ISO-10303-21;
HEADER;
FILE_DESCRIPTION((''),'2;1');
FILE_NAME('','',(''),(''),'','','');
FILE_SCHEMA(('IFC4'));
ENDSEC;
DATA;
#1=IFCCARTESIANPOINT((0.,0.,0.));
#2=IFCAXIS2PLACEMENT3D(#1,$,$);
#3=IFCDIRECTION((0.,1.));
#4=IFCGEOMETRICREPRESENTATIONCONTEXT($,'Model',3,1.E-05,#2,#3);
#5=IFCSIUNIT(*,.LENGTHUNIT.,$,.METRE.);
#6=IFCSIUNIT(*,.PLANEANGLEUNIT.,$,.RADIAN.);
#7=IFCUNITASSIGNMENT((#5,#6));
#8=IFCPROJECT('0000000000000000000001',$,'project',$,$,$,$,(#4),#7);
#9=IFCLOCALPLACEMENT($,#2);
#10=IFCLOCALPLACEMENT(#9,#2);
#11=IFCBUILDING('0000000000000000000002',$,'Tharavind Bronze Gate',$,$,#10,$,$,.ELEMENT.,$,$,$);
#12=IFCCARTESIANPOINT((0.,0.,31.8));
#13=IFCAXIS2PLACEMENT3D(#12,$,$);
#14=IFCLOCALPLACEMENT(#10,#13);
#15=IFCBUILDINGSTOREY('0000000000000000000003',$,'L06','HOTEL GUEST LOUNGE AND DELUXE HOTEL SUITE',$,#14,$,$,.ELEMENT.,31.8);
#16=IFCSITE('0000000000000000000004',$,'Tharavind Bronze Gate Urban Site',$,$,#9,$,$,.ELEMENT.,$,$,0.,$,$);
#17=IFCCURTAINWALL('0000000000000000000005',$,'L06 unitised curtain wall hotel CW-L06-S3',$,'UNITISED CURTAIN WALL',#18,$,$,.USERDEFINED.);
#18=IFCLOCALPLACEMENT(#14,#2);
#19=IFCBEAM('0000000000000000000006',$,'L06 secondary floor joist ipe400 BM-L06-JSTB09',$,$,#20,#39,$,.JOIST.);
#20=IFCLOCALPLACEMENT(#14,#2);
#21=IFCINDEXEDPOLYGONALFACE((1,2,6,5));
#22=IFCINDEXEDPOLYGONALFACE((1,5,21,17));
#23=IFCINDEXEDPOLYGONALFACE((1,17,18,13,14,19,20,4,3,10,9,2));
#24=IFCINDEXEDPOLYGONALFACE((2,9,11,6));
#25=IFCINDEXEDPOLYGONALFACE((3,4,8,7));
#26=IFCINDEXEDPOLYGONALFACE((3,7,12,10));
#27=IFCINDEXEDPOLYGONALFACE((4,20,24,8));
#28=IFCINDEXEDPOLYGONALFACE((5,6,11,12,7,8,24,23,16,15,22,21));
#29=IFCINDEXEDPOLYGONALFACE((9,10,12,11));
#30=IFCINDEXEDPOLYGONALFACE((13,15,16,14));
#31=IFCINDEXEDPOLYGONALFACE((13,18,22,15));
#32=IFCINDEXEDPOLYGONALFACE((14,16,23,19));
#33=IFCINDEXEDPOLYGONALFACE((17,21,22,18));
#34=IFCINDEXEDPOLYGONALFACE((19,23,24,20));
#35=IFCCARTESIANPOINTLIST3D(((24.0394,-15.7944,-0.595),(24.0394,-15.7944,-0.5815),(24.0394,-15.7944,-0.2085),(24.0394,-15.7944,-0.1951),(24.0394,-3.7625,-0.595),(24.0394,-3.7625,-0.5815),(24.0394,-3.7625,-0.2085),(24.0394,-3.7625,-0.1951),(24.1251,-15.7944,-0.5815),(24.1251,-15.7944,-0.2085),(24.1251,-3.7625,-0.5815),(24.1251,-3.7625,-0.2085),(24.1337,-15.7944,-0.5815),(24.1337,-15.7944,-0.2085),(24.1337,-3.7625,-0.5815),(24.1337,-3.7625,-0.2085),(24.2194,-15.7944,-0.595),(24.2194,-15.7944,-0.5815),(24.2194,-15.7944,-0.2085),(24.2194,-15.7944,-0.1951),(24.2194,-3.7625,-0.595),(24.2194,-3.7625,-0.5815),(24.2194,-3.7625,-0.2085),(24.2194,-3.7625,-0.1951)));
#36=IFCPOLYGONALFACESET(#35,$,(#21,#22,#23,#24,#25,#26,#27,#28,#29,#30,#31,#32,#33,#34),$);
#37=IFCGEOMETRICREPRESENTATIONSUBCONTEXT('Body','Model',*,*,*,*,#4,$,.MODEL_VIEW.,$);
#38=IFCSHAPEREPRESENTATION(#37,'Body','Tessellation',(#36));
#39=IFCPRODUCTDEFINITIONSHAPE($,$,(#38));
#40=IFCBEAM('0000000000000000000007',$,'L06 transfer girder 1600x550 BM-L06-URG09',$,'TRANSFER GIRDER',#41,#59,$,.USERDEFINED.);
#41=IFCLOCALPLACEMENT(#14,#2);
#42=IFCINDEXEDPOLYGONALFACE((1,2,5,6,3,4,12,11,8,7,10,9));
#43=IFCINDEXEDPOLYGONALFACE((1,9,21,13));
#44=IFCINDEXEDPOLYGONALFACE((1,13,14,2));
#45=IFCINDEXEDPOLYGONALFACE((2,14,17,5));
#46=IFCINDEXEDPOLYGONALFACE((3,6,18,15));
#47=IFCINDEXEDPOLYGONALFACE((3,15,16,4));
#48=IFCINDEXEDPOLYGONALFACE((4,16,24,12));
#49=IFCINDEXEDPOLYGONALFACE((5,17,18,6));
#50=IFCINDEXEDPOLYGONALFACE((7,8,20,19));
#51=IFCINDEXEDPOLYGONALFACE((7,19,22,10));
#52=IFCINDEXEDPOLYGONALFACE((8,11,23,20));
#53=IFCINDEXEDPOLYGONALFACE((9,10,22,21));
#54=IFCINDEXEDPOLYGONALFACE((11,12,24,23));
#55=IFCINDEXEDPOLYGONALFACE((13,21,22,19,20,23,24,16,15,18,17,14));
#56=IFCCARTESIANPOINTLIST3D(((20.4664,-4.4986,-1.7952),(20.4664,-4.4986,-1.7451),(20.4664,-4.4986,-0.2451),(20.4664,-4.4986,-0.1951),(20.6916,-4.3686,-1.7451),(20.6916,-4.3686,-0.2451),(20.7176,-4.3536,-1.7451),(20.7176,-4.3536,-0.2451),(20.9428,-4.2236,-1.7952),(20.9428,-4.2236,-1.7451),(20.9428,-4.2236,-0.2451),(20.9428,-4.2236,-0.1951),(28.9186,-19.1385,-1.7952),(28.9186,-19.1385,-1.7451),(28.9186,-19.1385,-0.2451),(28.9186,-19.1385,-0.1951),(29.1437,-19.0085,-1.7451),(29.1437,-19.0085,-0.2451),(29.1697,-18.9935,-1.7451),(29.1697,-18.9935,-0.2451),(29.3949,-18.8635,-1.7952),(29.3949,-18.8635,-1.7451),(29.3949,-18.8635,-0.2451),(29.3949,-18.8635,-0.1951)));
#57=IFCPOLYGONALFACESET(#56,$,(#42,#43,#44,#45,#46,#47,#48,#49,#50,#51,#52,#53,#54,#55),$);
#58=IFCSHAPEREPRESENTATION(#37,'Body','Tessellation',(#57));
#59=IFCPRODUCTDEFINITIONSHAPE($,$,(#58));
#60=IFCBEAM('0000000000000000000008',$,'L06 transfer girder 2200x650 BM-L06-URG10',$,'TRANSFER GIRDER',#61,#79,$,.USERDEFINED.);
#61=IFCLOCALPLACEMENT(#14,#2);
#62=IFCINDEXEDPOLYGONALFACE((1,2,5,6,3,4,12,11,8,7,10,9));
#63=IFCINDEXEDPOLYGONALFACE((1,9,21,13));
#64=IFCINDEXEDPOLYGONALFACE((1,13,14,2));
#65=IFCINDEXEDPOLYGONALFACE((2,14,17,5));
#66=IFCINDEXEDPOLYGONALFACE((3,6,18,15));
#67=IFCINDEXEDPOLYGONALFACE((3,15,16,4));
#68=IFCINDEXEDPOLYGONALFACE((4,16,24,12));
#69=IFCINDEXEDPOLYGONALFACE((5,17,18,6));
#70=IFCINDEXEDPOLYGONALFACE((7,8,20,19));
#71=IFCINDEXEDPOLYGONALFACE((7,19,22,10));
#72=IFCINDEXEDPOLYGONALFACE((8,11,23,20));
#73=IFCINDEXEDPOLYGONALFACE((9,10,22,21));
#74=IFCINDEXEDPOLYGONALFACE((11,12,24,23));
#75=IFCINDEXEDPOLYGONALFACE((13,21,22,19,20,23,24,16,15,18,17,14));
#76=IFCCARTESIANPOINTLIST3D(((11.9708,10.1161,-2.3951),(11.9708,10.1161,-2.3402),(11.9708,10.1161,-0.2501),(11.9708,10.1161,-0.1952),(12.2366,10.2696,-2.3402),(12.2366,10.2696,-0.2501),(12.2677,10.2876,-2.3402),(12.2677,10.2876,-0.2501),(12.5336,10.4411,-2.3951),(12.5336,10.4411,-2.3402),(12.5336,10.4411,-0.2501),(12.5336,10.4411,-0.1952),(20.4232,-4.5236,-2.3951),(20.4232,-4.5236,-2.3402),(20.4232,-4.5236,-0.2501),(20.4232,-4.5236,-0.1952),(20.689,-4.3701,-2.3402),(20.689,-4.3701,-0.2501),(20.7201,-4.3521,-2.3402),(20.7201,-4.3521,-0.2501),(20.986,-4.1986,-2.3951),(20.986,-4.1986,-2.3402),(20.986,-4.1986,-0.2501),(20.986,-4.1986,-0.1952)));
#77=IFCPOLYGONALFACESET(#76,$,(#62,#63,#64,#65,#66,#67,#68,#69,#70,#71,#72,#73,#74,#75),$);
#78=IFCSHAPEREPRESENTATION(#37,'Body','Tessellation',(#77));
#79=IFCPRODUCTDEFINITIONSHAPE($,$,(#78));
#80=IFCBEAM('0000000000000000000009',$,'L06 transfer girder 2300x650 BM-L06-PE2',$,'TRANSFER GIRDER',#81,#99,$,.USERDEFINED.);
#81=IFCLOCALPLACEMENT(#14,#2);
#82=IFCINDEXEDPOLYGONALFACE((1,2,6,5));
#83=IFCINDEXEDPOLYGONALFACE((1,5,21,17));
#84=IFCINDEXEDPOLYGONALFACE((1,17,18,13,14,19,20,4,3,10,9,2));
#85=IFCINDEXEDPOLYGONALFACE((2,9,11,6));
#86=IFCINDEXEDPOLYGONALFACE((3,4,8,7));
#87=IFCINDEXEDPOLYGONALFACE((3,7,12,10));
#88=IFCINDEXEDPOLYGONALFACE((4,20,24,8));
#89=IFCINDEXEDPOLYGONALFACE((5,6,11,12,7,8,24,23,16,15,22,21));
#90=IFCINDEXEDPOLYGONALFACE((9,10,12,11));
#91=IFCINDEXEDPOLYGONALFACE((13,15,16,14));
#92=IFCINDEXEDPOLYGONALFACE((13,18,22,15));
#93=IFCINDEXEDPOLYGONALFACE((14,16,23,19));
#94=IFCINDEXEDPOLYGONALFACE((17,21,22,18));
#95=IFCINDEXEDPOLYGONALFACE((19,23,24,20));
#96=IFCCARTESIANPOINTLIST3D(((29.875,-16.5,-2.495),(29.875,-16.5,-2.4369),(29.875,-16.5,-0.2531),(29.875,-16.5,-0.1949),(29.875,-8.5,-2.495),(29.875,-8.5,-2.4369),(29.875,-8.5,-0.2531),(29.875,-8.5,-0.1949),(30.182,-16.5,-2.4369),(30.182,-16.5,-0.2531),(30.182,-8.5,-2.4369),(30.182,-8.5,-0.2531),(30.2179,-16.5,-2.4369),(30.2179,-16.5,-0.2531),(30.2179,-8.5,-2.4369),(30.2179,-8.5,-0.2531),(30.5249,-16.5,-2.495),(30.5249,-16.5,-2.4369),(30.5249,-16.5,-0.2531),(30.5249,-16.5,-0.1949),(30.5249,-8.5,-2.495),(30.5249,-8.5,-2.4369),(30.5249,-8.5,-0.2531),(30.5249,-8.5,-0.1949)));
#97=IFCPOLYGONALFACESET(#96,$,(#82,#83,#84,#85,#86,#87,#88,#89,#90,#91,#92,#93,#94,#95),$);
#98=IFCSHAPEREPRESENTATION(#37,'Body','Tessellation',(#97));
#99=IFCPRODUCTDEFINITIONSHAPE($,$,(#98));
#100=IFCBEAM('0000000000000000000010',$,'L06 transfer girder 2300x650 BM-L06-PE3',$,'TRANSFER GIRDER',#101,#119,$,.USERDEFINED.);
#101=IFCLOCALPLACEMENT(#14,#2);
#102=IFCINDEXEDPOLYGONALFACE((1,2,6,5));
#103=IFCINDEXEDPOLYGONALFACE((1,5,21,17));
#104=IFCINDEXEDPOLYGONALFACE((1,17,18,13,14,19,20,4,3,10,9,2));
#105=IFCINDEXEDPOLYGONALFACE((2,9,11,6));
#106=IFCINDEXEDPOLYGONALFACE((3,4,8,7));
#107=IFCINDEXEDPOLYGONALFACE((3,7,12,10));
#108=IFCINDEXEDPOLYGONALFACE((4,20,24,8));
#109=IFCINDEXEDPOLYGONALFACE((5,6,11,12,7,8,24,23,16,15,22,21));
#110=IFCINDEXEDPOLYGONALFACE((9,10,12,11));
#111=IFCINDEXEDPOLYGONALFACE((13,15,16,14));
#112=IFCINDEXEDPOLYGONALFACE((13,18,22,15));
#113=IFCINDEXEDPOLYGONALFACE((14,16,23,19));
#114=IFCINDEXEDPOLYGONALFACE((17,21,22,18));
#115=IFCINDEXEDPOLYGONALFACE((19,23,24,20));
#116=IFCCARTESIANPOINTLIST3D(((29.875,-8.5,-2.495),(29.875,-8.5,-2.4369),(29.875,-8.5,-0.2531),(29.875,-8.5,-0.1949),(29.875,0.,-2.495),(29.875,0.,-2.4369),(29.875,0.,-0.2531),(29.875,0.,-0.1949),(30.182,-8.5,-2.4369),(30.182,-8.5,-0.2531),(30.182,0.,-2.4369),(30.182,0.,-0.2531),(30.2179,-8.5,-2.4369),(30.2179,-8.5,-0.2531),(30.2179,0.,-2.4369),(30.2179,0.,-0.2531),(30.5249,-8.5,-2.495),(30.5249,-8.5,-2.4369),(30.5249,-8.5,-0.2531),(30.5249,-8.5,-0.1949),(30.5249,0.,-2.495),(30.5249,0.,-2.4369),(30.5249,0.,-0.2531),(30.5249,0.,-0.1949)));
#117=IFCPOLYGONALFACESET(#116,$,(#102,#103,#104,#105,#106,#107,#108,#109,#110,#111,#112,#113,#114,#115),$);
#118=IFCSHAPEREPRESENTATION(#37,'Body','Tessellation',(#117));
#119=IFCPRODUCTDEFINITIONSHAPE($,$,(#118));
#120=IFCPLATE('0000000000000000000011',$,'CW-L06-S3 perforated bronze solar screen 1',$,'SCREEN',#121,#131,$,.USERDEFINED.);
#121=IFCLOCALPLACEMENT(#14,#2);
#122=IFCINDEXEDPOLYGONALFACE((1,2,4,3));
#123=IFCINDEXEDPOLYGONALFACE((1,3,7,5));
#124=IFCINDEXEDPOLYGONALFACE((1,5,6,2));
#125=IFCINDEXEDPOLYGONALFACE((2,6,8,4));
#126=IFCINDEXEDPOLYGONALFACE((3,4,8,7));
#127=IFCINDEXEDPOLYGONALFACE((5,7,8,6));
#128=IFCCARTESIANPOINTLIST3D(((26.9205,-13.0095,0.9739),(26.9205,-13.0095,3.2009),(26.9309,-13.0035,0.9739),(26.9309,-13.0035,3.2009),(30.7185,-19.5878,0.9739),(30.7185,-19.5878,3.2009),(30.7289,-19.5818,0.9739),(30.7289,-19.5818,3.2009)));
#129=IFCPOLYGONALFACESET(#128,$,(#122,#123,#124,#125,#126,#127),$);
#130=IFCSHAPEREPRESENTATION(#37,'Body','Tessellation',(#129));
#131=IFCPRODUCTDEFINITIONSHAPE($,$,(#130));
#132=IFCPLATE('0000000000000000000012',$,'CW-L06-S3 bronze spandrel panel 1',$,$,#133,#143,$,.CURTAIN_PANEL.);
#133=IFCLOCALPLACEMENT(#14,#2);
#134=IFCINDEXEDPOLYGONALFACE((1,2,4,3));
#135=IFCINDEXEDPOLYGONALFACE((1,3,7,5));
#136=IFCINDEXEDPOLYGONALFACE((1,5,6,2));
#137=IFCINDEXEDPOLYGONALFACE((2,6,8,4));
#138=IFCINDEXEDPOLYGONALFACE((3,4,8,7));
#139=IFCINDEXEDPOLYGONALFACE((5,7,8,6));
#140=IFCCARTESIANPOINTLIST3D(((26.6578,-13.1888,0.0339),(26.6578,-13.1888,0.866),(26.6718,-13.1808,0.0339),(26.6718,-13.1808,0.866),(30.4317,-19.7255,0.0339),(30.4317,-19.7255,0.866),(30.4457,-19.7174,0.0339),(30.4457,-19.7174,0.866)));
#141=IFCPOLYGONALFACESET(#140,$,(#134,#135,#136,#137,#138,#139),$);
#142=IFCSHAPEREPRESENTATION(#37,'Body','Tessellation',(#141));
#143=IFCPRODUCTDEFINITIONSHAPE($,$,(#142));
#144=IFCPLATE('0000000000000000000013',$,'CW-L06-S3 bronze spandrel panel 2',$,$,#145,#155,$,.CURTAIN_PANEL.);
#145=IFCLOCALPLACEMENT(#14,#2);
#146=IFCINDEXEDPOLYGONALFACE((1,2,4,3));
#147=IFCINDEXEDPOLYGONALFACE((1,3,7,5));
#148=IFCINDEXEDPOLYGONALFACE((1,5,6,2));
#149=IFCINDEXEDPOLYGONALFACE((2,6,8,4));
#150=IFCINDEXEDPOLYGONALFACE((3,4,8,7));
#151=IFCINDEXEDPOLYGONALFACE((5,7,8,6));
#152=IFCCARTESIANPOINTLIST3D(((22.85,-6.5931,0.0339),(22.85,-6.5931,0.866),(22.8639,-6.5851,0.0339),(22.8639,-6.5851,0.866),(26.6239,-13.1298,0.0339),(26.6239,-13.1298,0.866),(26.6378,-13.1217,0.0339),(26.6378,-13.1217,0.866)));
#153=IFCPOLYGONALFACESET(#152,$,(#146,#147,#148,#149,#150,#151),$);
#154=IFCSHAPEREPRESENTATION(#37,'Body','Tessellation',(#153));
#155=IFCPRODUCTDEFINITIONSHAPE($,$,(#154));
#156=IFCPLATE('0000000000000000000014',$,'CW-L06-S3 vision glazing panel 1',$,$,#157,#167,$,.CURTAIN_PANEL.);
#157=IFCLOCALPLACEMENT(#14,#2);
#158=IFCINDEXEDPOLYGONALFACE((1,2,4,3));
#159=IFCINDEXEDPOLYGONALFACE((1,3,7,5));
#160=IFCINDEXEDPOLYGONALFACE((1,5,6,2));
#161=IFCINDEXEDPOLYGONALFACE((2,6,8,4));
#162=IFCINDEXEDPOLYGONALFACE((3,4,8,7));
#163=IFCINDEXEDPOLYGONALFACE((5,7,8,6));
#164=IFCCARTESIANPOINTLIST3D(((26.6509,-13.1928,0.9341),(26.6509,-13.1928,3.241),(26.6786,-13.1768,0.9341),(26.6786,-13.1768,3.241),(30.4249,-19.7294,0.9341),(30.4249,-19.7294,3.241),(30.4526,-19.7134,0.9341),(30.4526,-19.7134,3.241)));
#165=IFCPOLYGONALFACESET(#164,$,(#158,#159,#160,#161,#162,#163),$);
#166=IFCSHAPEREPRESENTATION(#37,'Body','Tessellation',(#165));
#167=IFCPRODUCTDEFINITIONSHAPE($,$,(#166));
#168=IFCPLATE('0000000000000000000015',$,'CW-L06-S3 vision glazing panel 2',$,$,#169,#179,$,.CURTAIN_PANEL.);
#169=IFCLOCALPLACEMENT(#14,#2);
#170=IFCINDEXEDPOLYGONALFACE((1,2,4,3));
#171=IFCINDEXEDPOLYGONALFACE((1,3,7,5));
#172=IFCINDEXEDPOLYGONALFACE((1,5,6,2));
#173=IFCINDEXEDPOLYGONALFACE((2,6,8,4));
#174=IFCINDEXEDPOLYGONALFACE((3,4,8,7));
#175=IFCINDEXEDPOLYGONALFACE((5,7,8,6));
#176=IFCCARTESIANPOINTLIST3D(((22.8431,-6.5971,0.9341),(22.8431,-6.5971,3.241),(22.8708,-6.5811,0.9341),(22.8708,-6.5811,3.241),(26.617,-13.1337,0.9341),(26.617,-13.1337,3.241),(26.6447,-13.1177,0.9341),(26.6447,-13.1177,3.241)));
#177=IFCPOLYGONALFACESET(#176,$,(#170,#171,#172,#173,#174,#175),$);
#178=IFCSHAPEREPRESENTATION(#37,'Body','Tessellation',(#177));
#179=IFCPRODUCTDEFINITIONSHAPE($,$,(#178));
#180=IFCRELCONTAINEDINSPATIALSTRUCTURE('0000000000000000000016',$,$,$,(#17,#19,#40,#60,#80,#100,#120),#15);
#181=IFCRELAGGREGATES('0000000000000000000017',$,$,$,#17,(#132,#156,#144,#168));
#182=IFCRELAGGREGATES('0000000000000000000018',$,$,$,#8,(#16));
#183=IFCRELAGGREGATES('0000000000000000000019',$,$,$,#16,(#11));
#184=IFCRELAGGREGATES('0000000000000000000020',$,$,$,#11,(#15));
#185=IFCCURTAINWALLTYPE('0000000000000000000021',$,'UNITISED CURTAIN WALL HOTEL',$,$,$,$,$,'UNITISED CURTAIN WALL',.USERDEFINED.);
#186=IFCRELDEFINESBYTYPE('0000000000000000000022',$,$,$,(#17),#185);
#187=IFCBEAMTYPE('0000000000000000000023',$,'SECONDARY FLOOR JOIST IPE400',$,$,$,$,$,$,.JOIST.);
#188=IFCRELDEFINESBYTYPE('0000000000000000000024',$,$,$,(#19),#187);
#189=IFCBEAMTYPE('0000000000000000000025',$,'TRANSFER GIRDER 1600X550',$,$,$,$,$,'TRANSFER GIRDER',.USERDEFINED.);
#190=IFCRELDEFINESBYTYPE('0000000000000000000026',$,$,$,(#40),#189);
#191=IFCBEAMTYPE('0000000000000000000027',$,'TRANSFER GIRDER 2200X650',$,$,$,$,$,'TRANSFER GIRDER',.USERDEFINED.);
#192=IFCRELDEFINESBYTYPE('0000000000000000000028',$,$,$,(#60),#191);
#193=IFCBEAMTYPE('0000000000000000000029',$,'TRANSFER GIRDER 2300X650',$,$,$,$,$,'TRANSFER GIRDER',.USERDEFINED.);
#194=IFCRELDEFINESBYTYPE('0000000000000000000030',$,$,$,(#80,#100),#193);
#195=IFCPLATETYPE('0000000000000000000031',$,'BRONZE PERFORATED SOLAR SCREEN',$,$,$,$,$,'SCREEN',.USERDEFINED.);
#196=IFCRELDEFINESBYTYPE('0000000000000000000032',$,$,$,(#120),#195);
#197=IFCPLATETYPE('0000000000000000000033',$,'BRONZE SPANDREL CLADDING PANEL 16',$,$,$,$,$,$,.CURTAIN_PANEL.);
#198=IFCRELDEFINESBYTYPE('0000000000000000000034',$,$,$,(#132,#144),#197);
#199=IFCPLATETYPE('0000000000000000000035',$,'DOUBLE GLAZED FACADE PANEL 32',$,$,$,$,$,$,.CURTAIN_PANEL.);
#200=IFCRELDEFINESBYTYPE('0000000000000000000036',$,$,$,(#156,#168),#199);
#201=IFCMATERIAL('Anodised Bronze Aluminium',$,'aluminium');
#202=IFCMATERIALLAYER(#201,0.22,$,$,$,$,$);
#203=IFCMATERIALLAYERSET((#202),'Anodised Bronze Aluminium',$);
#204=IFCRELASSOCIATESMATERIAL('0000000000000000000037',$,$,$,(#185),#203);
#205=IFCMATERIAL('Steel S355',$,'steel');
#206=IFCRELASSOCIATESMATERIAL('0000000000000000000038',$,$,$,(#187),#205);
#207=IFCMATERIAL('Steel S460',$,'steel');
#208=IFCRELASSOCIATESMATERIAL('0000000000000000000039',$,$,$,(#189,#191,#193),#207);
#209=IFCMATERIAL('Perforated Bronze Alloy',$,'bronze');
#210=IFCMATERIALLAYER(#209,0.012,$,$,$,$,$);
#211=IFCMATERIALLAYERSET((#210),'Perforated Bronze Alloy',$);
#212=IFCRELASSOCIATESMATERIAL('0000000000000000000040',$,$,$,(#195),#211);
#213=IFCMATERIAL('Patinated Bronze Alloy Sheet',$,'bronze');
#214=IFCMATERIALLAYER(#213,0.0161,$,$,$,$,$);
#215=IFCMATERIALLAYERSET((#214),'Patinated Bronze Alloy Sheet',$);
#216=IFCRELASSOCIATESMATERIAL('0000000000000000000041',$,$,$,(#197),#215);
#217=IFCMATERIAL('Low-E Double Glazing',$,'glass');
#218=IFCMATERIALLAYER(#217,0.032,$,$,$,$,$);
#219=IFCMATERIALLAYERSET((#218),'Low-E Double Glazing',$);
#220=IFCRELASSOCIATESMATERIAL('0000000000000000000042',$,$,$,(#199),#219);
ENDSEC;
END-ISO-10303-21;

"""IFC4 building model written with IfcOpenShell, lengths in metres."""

from ifc_helpers import new_model, si_unit, direction, frame, origin, origin_2d, place, context, subcontext, project, spatial, rectangle, i_section, extrude, material, layer, layer_set, material_profile, profile_set, type_object, element, aggregate, save


model = new_model("IFC4")

# Units and contexts
model_context = context("Model", 3, precision=1e-05, world=origin(), true_north=direction((0.0, 1.0)))
body_context = subcontext(model_context, "Body", "Model", "MODEL_VIEW")
ifc_project = project(units=[si_unit("LENGTHUNIT", "METRE"), si_unit("PLANEANGLEUNIT", "RADIAN")], contexts=[model_context])

# Site, building, storey
site_placement = place(None, origin())
site = spatial("IfcSite", under=ifc_project, at=site_placement, Name="Tharavind Bronze Gate Urban Site", CompositionType="ELEMENT", RefElevation=0.0)
building_placement = place(site_placement, origin())
building = spatial("IfcBuilding", under=site, at=building_placement, Name="Tharavind Bronze Gate", CompositionType="ELEMENT")
storey_placement = place(building_placement, frame((0.0, 0.0, 31.8)))
storey = spatial("IfcBuildingStorey", under=building, at=storey_placement, Name="L06", Description="HOTEL GUEST LOUNGE AND DELUXE HOTEL SUITE", CompositionType="ELEMENT", Elevation=31.8)

# Shared definitions
ifc_material_1 = material(Name="Steel S460", Category="steel")

# Curtain wall
ifc_material_2 = material(Name="Anodised Bronze Aluminium", Category="aluminium")
ifc_layer_1 = layer(ifc_material_2, 0.22)
ifc_layer_set_1 = layer_set([ifc_layer_1], Name="Anodised Bronze Aluminium")
curtain_wall_type = type_object("IfcCurtainWallType", Name="UNITISED CURTAIN WALL HOTEL", ElementType="UNITISED CURTAIN WALL", PredefinedType="USERDEFINED", material=ifc_layer_set_1)
curtain_wall_placement = place(storey_placement, origin())
curtain_wall = element("IfcCurtainWall", 1, at=curtain_wall_placement, inside=storey, type_object=curtain_wall_type, Name="L06 unitised curtain wall hotel CW-L06-S3", ObjectType="UNITISED CURTAIN WALL", PredefinedType="USERDEFINED")

# Beams
ifc_material_3 = material(Name="Steel S355", Category="steel")
ifc_material_profile_1 = material_profile(ifc_material_3, i_section(OverallWidth=0.1799, OverallDepth=0.3999, WebThickness=0.0085, FlangeThickness=0.0134, at=origin_2d()), Name="IPE400")
ifc_profile_set_1 = profile_set([ifc_material_profile_1], Name="Steel S355")
beam_type_1 = type_object("IfcBeamType", Name="SECONDARY FLOOR JOIST IPE400", PredefinedType="JOIST", material=ifc_profile_set_1)
beam_1_placement = place(storey_placement, frame((24.1294, -15.7944, -0.395), z_axis=(0.0, 1.0, 0.0), x_axis=(-1.0, 0.0, 0.0)))
element("IfcBeam", 2, at=beam_1_placement, inside=storey, type_object=beam_type_1, Name="L06 secondary floor joist ipe400 BM-L06-JSTB09", PredefinedType="JOIST", context=body_context, shape_type="SweptSolid", body=[
    extrude(i_section(OverallWidth=0.1799, OverallDepth=0.3999, WebThickness=0.0085, FlangeThickness=0.0134, at=origin_2d()), origin(), (0.0, 0.0, 1.0), 12.032),
])
ifc_material_profile_2 = material_profile(ifc_material_1, i_section(OverallWidth=0.55, OverallDepth=1.6001, WebThickness=0.03, FlangeThickness=0.05, at=origin_2d()), Name="PG1600X550")
ifc_profile_set_2 = profile_set([ifc_material_profile_2], Name="Steel S460")
beam_type_2 = type_object("IfcBeamType", Name="TRANSFER GIRDER 1600X550", ElementType="TRANSFER GIRDER", PredefinedType="USERDEFINED", material=ifc_profile_set_2)
beam_2_placement = place(storey_placement, frame((29.1567, -19.001, -0.9951), z_axis=(-0.499991, 0.86603, 0.0), x_axis=(-0.86603, -0.499991, 0.0)))
element("IfcBeam", 3, at=beam_2_placement, inside=storey, type_object=beam_type_2, Name="L06 transfer girder 1600x550 BM-L06-URG09", ObjectType="TRANSFER GIRDER", PredefinedType="USERDEFINED", context=body_context, shape_type="SweptSolid", body=[
    extrude(i_section(OverallWidth=0.55, OverallDepth=1.6001, WebThickness=0.03, FlangeThickness=0.05, at=origin_2d()), origin(), (0.0, 0.0, 1.0), 16.9045),
])
ifc_material_profile_3 = material_profile(ifc_material_1, i_section(OverallWidth=0.6499, OverallDepth=2.2, WebThickness=0.0359, FlangeThickness=0.0549, at=origin_2d()), Name="PG2200X650")
ifc_profile_set_3 = profile_set([ifc_material_profile_3], Name="Steel S460")
beam_type_3 = type_object("IfcBeamType", Name="TRANSFER GIRDER 2200X650", ElementType="TRANSFER GIRDER", PredefinedType="USERDEFINED", material=ifc_profile_set_3)
beam_3_placement = place(storey_placement, frame((20.7046, -4.3611, -1.2952), z_axis=(-0.500008, 0.866021, 0.0), x_axis=(-0.866021, -0.500008, 0.0)))
element("IfcBeam", 4, at=beam_3_placement, inside=storey, type_object=beam_type_3, Name="L06 transfer girder 2200x650 BM-L06-URG10", ObjectType="TRANSFER GIRDER", PredefinedType="USERDEFINED", context=body_context, shape_type="SweptSolid", body=[
    extrude(i_section(OverallWidth=0.6499, OverallDepth=2.2, WebThickness=0.0359, FlangeThickness=0.0549, at=origin_2d()), origin(), (0.0, 0.0, 1.0), 16.9045),
])
ifc_material_profile_4 = material_profile(ifc_material_1, i_section(OverallWidth=0.6499, OverallDepth=2.3, WebThickness=0.0359, FlangeThickness=0.0581, at=origin_2d()), Name="PG2300X650")
ifc_profile_set_4 = profile_set([ifc_material_profile_4], Name="Steel S460")
beam_type_4 = type_object("IfcBeamType", Name="TRANSFER GIRDER 2300X650", ElementType="TRANSFER GIRDER", PredefinedType="USERDEFINED", material=ifc_profile_set_4)
beam_4_placement = place(storey_placement, frame((30.2, -16.5, -1.345), z_axis=(0.0, 1.0, 0.0), x_axis=(-1.0, 0.0, 0.0)))
element("IfcBeam", 5, at=beam_4_placement, inside=storey, type_object=beam_type_4, Name="L06 transfer girder 2300x650 BM-L06-PE2", ObjectType="TRANSFER GIRDER", PredefinedType="USERDEFINED", context=body_context, shape_type="SweptSolid", body=[
    extrude(i_section(OverallWidth=0.6499, OverallDepth=2.3, WebThickness=0.0359, FlangeThickness=0.0581, at=origin_2d()), origin(), (0.0, 0.0, 1.0), 8.0),
])
beam_5_placement = place(storey_placement, frame((30.2, -8.5, -1.345), z_axis=(0.0, 1.0, 0.0), x_axis=(-1.0, 0.0, 0.0)))
element("IfcBeam", 6, at=beam_5_placement, inside=storey, type_object=beam_type_4, Name="L06 transfer girder 2300x650 BM-L06-PE3", ObjectType="TRANSFER GIRDER", PredefinedType="USERDEFINED", context=body_context, shape_type="SweptSolid", body=[
    extrude(i_section(OverallWidth=0.6499, OverallDepth=2.3, WebThickness=0.0359, FlangeThickness=0.0581, at=origin_2d()), origin(), (0.0, 0.0, 1.0), 8.5),
])

# Plates
ifc_material_4 = material(Name="Perforated Bronze Alloy", Category="bronze")
ifc_layer_2 = layer(ifc_material_4, 0.012)
ifc_layer_set_2 = layer_set([ifc_layer_2], Name="Perforated Bronze Alloy")
plate_type_1 = type_object("IfcPlateType", Name="BRONZE PERFORATED SOLAR SCREEN", ElementType="SCREEN", PredefinedType="USERDEFINED", material=ifc_layer_set_2)
plate_1_placement = place(storey_placement, frame((28.8247, -16.2957, 0.9739), z_axis=(0.0, 0.0, 1.0), x_axis=(-0.500002, 0.866025, 0.0)))
element("IfcPlate", 7, at=plate_1_placement, inside=storey, type_object=plate_type_1, Name="CW-L06-S3 perforated bronze solar screen 1", ObjectType="SCREEN", PredefinedType="USERDEFINED", context=body_context, shape_type="SweptSolid", body=[
    extrude(rectangle(XDim=7.5959, YDim=0.012, at=origin_2d()), origin(), (0.0, 0.0, 1.0), 2.2271),
])
ifc_material_5 = material(Name="Patinated Bronze Alloy Sheet", Category="bronze")
ifc_layer_3 = layer(ifc_material_5, 0.0161)
ifc_layer_set_3 = layer_set([ifc_layer_3], Name="Patinated Bronze Alloy Sheet")
plate_type_2 = type_object("IfcPlateType", Name="BRONZE SPANDREL CLADDING PANEL 16", PredefinedType="CURTAIN_PANEL", material=ifc_layer_set_3)
plate_2_placement = place(storey_placement, frame((28.5518, -16.4531, 0.0339), z_axis=(0.0, 0.0, 1.0), x_axis=(-0.500002, 0.866025, 0.0)))
plate_2 = element("IfcPlate", 8, at=plate_2_placement, type_object=plate_type_2, Name="CW-L06-S3 bronze spandrel panel 1", PredefinedType="CURTAIN_PANEL", context=body_context, shape_type="SweptSolid", body=[
    extrude(rectangle(XDim=7.5479, YDim=0.0161, at=origin_2d()), origin(), (0.0, 0.0, 1.0), 0.832),
])
plate_3_placement = place(storey_placement, frame((24.7439, -9.8574, 0.0339), z_axis=(0.0, 0.0, 1.0), x_axis=(-0.500002, 0.866025, 0.0)))
plate_3 = element("IfcPlate", 9, at=plate_3_placement, type_object=plate_type_2, Name="CW-L06-S3 bronze spandrel panel 2", PredefinedType="CURTAIN_PANEL", context=body_context, shape_type="SweptSolid", body=[
    extrude(rectangle(XDim=7.5479, YDim=0.0161, at=origin_2d()), origin(), (0.0, 0.0, 1.0), 0.832),
])
ifc_material_6 = material(Name="Low-E Double Glazing", Category="glass")
ifc_layer_4 = layer(ifc_material_6, 0.032)
ifc_layer_set_4 = layer_set([ifc_layer_4], Name="Low-E Double Glazing")
plate_type_3 = type_object("IfcPlateType", Name="DOUBLE GLAZED FACADE PANEL 32", PredefinedType="CURTAIN_PANEL", material=ifc_layer_set_4)
plate_4_placement = place(storey_placement, frame((28.5518, -16.4531, 0.9341), z_axis=(0.0, 0.0, 1.0), x_axis=(-0.500002, 0.866025, 0.0)))
plate_4 = element("IfcPlate", 10, at=plate_4_placement, type_object=plate_type_3, Name="CW-L06-S3 vision glazing panel 1", PredefinedType="CURTAIN_PANEL", context=body_context, shape_type="SweptSolid", body=[
    extrude(rectangle(XDim=7.5479, YDim=0.032, at=origin_2d()), origin(), (0.0, 0.0, 1.0), 2.3069),
])
plate_5_placement = place(storey_placement, frame((24.7439, -9.8574, 0.9341), z_axis=(0.0, 0.0, 1.0), x_axis=(-0.500002, 0.866025, 0.0)))
plate_5 = element("IfcPlate", 11, at=plate_5_placement, type_object=plate_type_3, Name="CW-L06-S3 vision glazing panel 2", PredefinedType="CURTAIN_PANEL", context=body_context, shape_type="SweptSolid", body=[
    extrude(rectangle(XDim=7.5479, YDim=0.032, at=origin_2d()), origin(), (0.0, 0.0, 1.0), 2.3069),
])
aggregate(curtain_wall, [plate_2, plate_4, plate_3, plate_5])

save(model, "model.ifc")
